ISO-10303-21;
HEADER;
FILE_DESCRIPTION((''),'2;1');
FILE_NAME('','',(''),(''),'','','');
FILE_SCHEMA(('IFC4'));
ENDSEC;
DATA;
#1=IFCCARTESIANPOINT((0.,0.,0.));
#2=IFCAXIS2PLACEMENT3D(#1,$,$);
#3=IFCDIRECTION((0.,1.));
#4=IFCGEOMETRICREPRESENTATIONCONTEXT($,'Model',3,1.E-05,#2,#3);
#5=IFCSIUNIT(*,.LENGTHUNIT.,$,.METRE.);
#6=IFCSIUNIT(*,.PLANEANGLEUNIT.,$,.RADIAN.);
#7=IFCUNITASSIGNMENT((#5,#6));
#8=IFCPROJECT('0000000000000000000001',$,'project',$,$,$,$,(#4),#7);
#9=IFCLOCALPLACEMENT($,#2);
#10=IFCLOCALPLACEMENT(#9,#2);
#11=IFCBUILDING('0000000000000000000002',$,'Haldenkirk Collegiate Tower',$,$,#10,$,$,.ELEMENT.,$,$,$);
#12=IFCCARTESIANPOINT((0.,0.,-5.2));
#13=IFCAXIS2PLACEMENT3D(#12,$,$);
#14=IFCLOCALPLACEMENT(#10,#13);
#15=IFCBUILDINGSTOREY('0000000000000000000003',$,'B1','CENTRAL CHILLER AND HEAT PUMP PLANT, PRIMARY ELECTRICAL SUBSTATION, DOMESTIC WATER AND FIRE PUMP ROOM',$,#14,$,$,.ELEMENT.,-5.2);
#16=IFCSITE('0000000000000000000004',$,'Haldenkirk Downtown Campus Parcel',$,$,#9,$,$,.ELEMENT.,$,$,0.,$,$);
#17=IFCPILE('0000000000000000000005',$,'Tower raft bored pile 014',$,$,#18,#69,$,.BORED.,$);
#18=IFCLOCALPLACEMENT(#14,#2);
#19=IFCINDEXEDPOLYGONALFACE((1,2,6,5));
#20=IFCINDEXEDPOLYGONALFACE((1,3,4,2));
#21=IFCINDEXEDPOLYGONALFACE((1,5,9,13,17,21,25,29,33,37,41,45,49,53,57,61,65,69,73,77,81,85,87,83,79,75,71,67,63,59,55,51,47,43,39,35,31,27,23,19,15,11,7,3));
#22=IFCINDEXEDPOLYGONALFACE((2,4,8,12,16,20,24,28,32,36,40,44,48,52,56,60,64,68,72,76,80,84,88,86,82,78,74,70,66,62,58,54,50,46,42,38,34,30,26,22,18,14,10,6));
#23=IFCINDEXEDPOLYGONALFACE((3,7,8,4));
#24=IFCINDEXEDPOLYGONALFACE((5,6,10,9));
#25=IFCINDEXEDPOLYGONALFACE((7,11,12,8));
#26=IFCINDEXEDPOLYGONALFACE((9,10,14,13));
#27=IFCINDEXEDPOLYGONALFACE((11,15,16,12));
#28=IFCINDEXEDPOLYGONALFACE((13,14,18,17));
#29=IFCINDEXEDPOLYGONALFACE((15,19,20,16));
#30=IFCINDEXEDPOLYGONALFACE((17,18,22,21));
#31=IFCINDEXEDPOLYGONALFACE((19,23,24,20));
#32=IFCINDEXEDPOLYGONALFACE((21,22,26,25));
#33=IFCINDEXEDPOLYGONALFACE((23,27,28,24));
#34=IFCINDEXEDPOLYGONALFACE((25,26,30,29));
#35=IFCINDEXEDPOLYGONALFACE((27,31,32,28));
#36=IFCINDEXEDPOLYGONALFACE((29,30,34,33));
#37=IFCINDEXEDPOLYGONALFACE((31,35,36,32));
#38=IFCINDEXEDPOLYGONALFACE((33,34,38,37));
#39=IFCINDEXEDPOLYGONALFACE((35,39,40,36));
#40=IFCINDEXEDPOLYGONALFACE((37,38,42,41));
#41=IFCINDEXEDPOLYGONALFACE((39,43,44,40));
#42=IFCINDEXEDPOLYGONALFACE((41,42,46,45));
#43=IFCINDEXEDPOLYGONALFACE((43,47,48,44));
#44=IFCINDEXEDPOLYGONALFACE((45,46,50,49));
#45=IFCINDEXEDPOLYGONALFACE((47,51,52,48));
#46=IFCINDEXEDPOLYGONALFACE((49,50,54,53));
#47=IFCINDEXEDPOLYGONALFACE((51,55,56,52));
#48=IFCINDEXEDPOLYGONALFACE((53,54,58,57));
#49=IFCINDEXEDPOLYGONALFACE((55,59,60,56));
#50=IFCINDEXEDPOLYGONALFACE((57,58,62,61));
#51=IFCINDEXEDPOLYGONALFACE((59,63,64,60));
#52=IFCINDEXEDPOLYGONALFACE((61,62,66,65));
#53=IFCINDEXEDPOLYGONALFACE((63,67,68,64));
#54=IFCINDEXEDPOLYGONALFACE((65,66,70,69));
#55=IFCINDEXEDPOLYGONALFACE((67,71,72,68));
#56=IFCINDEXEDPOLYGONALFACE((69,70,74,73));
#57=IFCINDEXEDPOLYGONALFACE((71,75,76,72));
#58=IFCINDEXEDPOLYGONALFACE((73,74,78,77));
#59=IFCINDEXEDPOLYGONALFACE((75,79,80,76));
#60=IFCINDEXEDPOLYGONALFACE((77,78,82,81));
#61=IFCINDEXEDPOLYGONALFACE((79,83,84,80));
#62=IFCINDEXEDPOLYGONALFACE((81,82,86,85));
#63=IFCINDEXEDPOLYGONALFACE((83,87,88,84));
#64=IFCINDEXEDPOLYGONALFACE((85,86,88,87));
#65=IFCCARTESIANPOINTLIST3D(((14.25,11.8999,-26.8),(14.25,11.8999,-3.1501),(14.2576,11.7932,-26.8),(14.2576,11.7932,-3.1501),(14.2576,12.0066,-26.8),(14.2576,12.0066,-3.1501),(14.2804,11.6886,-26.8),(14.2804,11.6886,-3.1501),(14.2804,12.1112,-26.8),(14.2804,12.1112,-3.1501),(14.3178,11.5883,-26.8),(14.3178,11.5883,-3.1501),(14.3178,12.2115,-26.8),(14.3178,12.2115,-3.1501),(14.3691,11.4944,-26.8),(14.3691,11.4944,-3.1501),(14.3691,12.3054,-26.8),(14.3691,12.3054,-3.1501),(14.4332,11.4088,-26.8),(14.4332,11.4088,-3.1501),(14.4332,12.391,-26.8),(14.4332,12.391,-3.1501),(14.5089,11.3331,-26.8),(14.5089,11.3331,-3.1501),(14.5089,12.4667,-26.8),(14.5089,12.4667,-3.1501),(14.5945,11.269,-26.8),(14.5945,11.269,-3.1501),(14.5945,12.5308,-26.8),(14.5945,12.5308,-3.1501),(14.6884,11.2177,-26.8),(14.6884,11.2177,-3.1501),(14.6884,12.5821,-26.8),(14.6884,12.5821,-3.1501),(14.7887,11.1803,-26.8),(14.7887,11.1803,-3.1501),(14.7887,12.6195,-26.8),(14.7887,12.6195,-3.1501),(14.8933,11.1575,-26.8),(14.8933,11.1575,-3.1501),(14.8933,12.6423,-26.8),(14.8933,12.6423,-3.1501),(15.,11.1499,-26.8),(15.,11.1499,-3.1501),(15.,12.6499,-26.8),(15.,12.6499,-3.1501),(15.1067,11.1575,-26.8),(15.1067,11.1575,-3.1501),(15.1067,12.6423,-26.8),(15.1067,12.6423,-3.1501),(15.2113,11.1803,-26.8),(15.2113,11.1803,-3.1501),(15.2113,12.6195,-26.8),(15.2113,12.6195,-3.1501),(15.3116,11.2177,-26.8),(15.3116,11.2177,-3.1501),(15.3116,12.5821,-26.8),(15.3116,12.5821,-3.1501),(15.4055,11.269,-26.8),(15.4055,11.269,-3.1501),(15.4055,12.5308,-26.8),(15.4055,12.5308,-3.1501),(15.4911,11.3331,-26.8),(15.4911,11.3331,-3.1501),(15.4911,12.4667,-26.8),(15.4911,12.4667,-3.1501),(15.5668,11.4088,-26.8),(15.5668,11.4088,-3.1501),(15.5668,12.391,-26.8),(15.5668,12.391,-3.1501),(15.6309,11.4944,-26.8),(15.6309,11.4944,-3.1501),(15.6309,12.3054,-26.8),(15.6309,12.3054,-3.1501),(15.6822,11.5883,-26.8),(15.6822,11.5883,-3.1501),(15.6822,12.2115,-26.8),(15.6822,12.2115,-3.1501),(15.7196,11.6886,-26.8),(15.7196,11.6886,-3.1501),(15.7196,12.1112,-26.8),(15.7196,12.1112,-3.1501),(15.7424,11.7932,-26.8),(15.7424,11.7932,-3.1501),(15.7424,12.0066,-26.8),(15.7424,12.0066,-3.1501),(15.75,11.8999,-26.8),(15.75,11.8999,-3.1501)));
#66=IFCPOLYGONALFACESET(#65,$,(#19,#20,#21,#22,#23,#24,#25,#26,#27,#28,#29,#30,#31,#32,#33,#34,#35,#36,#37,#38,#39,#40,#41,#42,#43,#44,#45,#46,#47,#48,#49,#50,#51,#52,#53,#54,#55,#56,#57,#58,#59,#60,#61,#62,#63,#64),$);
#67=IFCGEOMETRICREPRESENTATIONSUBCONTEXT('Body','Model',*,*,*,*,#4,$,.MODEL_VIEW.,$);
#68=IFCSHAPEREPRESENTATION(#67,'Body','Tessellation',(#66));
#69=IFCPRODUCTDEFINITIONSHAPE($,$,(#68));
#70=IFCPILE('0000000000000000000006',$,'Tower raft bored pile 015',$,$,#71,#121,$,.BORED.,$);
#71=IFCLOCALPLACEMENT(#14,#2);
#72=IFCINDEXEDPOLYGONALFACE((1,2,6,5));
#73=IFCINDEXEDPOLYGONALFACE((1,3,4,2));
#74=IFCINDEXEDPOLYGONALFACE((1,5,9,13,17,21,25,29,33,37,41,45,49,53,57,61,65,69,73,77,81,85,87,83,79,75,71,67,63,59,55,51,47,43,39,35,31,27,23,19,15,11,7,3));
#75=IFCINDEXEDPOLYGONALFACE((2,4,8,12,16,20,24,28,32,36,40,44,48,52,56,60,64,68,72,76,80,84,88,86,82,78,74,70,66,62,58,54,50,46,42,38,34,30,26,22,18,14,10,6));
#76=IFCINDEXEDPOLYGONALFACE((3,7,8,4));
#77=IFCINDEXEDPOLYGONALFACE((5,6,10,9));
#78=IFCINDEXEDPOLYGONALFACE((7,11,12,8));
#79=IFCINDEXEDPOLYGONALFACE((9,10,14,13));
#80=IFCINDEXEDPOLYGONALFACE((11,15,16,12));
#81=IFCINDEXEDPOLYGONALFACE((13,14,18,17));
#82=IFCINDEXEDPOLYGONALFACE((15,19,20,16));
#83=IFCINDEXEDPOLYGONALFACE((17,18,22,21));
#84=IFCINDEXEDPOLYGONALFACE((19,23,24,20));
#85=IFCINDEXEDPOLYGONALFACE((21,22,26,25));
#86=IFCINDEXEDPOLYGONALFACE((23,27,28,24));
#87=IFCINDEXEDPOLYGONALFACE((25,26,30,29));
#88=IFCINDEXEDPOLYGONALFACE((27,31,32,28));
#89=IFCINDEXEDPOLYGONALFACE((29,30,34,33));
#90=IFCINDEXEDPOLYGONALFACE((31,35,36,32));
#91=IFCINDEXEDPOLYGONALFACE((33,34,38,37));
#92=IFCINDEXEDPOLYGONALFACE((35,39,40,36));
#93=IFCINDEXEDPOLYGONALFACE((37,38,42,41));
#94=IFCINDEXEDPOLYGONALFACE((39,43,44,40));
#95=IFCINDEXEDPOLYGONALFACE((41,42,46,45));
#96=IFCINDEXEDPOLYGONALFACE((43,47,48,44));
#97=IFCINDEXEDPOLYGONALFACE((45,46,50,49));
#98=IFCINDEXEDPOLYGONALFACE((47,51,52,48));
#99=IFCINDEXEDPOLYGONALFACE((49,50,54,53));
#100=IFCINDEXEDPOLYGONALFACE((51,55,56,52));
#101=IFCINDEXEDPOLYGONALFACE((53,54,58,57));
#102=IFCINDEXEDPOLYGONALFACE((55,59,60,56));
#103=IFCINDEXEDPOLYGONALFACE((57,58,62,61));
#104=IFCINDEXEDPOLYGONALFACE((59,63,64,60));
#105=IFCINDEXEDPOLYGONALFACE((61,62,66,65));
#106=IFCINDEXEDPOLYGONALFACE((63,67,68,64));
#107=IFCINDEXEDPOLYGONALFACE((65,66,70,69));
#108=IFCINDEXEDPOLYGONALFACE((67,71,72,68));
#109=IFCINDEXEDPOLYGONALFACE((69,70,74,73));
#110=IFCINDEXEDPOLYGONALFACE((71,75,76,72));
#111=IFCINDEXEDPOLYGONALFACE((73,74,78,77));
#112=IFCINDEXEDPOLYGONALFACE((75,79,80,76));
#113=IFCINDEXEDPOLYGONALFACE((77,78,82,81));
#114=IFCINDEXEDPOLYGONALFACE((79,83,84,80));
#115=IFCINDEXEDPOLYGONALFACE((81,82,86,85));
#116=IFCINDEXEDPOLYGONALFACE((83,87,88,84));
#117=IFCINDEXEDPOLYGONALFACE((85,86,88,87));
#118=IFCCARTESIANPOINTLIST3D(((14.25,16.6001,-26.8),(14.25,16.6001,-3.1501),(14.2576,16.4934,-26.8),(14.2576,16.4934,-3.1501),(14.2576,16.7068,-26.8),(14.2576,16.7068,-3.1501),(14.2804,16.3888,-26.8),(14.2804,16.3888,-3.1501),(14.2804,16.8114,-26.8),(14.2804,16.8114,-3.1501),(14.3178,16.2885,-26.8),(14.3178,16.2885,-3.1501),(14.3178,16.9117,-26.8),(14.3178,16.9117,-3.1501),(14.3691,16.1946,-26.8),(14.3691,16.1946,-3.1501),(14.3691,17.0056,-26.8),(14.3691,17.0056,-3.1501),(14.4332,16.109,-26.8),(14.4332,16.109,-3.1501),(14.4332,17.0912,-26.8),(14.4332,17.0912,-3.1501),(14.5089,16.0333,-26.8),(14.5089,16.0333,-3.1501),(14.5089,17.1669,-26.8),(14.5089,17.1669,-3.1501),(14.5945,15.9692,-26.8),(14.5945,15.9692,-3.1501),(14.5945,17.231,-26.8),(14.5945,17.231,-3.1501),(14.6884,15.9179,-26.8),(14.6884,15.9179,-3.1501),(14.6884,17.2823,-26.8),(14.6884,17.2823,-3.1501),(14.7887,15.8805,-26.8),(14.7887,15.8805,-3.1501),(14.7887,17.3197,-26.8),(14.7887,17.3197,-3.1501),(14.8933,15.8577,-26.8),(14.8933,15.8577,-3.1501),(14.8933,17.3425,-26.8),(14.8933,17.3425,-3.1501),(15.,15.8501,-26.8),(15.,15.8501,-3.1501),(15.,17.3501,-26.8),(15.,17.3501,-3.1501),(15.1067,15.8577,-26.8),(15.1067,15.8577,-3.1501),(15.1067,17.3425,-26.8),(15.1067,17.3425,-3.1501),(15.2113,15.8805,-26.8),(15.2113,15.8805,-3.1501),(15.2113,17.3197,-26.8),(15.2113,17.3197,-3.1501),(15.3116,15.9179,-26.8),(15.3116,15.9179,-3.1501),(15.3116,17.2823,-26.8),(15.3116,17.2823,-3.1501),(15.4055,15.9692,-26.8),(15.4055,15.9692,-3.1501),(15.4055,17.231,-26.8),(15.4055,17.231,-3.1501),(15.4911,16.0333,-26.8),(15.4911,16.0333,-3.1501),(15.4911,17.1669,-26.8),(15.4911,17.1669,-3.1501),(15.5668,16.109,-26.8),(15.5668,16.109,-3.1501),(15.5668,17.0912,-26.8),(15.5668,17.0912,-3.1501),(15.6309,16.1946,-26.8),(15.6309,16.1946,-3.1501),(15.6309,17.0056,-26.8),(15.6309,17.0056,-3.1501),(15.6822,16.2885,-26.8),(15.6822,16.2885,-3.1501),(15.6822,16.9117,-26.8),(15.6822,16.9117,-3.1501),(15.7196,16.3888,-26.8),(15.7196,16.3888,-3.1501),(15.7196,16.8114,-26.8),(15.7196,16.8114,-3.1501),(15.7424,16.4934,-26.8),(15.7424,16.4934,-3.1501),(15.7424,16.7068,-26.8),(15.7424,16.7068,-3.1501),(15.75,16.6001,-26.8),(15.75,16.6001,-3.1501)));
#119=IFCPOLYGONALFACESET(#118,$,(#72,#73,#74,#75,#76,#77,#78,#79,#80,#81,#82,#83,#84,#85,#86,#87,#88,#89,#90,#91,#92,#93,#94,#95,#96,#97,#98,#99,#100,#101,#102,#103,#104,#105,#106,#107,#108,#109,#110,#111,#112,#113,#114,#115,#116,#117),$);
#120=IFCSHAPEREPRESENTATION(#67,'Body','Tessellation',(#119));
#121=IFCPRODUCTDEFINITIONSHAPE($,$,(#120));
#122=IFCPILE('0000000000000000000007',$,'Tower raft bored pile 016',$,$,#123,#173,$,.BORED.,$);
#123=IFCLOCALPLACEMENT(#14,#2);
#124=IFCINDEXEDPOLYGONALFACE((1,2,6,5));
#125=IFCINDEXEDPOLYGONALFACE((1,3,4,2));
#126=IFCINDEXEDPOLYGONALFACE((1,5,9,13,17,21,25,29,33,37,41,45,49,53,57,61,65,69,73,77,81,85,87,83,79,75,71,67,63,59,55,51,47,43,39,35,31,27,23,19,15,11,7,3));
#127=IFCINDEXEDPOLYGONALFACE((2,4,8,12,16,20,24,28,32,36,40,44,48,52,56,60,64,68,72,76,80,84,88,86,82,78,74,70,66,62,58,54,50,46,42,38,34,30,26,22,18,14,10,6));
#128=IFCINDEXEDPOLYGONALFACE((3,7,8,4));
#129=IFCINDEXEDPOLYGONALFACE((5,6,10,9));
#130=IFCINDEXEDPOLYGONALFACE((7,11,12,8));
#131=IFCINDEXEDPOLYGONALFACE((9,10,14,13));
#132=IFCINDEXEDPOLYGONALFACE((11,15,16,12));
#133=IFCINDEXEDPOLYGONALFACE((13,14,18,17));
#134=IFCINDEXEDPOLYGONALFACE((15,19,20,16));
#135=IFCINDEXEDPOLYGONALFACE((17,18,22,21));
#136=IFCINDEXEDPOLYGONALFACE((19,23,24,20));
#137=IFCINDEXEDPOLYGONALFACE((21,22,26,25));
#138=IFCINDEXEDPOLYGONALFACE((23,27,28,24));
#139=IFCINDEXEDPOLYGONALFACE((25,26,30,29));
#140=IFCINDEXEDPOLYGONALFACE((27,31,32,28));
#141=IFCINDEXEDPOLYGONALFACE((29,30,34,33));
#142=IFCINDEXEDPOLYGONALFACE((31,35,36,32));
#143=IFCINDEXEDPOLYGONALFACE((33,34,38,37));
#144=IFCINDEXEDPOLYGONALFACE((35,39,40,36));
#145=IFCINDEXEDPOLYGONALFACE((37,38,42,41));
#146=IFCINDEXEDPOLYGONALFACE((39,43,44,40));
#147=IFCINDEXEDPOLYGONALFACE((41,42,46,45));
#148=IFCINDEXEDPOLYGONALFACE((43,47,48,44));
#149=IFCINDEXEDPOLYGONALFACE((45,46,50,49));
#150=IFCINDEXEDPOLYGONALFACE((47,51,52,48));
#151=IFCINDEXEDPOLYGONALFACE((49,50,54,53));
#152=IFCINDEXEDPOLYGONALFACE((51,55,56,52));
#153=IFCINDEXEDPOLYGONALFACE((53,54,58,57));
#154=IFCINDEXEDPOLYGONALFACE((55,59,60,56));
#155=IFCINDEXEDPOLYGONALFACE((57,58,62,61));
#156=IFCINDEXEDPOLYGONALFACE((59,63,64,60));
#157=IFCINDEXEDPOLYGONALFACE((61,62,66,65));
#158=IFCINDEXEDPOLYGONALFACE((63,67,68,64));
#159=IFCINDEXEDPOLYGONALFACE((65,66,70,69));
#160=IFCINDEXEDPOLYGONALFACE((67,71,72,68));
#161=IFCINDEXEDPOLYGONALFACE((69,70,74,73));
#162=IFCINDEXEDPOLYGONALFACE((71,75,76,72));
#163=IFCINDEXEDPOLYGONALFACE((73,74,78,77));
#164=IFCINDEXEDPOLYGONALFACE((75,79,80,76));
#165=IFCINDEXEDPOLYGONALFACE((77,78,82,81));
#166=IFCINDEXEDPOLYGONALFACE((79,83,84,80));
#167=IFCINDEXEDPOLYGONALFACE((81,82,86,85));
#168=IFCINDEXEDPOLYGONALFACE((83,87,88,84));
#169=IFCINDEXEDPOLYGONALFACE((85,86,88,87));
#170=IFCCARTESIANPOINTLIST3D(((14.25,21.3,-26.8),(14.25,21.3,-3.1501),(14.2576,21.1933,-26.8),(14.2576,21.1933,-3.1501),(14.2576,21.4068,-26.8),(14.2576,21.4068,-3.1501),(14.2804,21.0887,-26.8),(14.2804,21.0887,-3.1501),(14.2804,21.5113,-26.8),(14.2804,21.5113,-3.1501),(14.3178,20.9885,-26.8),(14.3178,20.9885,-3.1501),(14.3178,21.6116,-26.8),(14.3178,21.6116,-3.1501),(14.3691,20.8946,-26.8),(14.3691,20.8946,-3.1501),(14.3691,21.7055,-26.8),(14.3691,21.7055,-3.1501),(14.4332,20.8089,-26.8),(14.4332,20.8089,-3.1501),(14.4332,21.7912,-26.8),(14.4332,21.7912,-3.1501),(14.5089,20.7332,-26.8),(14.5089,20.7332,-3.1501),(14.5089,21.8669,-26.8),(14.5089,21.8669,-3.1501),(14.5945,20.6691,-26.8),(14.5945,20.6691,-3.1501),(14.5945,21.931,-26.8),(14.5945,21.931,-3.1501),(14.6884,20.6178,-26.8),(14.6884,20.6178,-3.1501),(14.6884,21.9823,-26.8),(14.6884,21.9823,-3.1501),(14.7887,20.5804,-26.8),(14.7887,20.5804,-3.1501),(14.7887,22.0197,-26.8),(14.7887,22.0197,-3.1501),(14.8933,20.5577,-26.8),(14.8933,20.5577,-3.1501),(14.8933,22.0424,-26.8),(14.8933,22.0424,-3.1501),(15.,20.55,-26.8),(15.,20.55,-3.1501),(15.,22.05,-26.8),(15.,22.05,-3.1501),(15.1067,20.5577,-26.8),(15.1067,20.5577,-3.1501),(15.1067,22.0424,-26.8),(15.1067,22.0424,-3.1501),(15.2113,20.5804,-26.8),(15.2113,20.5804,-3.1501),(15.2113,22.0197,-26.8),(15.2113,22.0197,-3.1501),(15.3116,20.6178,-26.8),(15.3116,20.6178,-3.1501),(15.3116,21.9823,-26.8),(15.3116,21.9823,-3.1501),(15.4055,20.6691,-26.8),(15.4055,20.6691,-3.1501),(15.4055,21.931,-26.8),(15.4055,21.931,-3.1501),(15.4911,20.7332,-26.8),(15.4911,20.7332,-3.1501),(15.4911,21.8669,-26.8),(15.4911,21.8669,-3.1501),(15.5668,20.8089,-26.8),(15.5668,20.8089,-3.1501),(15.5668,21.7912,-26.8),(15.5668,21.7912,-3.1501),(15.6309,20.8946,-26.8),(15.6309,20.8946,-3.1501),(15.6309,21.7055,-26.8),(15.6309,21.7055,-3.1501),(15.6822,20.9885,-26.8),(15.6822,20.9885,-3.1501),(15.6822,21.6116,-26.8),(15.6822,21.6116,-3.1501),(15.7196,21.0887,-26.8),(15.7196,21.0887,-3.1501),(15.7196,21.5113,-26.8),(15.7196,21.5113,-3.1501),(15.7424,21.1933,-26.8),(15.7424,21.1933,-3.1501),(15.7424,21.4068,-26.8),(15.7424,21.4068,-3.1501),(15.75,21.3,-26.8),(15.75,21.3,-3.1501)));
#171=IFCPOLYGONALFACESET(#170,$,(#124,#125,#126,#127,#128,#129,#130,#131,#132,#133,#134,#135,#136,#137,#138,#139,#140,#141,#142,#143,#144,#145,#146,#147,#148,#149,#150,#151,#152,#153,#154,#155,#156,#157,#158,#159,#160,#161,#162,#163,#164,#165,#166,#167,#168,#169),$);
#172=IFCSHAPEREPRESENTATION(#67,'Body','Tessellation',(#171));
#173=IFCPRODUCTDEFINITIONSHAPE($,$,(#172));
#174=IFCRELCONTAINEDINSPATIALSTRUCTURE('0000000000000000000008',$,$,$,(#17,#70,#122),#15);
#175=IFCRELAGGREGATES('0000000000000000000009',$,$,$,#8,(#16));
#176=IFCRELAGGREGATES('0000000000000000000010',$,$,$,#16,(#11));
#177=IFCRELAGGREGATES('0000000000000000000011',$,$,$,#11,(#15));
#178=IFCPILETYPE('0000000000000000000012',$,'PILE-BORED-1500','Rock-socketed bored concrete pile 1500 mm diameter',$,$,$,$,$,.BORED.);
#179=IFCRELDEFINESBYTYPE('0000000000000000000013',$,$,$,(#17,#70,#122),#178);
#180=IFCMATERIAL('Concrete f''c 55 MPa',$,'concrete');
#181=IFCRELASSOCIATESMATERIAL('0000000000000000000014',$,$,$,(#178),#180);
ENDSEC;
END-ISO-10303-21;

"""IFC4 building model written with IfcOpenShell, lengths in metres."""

from ifc_helpers import new_model, si_unit, direction, frame, origin, origin_2d, place, context, subcontext, project, spatial, circle, extrude, material, material_profile, profile_set, type_object, element, save


model = new_model("IFC4")

# Units and contexts
model_context = context("Model", 3, precision=1e-05, world=origin(), true_north=direction((0.0, 1.0)))
body_context = subcontext(model_context, "Body", "Model", "MODEL_VIEW")
ifc_project = project(units=[si_unit("LENGTHUNIT", "METRE"), si_unit("PLANEANGLEUNIT", "RADIAN")], contexts=[model_context])

# Site, building, storey
site_placement = place(None, origin())
site = spatial("IfcSite", under=ifc_project, at=site_placement, Name="Haldenkirk Downtown Campus Parcel", CompositionType="ELEMENT", RefElevation=0.0)
building_placement = place(site_placement, origin())
building = spatial("IfcBuilding", under=site, at=building_placement, Name="Haldenkirk Collegiate Tower", CompositionType="ELEMENT")
storey_placement = place(building_placement, frame((0.0, 0.0, -5.2)))
storey = spatial("IfcBuildingStorey", under=building, at=storey_placement, Name="B1", Description="CENTRAL CHILLER AND HEAT PUMP PLANT, PRIMARY ELECTRICAL SUBSTATION, DOMESTIC WATER AND FIRE PUMP ROOM", CompositionType="ELEMENT", Elevation=-5.2)

# Shared definitions
ifc_material_1 = material(Name="Concrete f'c 55 MPa", Category="concrete")

# Piles
ifc_material_profile_1 = material_profile(ifc_material_1, circle(Radius=0.75, at=origin_2d()), Name="PILE1500")
ifc_profile_set_1 = profile_set([ifc_material_profile_1], Name="Concrete f'c 55 MPa")
pile_type_1 = type_object("IfcPileType", Name="PILE-BORED-1500", Description="Rock-socketed bored concrete pile 1500 mm diameter", PredefinedType="BORED", material=ifc_profile_set_1)
for number, where, z_axis, x_axis, name in (
    (1, (15.0, 11.8999, -3.1501), (0.0, 0.0, -1.0), (1.0, 0.0, 0.0), "Tower raft bored pile 014"),
    (2, (15.0, 16.6001, -3.1501), (0.0, 0.0, -1.0), (1.0, 0.0, 0.0), "Tower raft bored pile 015"),
    (3, (15.0, 21.3, -3.1501), (0.0, 0.0, -1.0), (1.0, 0.0, 0.0), "Tower raft bored pile 016"),
):
    element("IfcPile", number, at=place(storey_placement, frame(where, z_axis=z_axis, x_axis=x_axis)), inside=storey, type_object=pile_type_1, Name=name, PredefinedType="BORED", context=body_context, shape_type="SweptSolid", body=[
        extrude(circle(Radius=0.75, at=origin_2d()), origin(), (0.0, 0.0, 1.0), 23.6499),
    ])

save(model, "model.ifc")
